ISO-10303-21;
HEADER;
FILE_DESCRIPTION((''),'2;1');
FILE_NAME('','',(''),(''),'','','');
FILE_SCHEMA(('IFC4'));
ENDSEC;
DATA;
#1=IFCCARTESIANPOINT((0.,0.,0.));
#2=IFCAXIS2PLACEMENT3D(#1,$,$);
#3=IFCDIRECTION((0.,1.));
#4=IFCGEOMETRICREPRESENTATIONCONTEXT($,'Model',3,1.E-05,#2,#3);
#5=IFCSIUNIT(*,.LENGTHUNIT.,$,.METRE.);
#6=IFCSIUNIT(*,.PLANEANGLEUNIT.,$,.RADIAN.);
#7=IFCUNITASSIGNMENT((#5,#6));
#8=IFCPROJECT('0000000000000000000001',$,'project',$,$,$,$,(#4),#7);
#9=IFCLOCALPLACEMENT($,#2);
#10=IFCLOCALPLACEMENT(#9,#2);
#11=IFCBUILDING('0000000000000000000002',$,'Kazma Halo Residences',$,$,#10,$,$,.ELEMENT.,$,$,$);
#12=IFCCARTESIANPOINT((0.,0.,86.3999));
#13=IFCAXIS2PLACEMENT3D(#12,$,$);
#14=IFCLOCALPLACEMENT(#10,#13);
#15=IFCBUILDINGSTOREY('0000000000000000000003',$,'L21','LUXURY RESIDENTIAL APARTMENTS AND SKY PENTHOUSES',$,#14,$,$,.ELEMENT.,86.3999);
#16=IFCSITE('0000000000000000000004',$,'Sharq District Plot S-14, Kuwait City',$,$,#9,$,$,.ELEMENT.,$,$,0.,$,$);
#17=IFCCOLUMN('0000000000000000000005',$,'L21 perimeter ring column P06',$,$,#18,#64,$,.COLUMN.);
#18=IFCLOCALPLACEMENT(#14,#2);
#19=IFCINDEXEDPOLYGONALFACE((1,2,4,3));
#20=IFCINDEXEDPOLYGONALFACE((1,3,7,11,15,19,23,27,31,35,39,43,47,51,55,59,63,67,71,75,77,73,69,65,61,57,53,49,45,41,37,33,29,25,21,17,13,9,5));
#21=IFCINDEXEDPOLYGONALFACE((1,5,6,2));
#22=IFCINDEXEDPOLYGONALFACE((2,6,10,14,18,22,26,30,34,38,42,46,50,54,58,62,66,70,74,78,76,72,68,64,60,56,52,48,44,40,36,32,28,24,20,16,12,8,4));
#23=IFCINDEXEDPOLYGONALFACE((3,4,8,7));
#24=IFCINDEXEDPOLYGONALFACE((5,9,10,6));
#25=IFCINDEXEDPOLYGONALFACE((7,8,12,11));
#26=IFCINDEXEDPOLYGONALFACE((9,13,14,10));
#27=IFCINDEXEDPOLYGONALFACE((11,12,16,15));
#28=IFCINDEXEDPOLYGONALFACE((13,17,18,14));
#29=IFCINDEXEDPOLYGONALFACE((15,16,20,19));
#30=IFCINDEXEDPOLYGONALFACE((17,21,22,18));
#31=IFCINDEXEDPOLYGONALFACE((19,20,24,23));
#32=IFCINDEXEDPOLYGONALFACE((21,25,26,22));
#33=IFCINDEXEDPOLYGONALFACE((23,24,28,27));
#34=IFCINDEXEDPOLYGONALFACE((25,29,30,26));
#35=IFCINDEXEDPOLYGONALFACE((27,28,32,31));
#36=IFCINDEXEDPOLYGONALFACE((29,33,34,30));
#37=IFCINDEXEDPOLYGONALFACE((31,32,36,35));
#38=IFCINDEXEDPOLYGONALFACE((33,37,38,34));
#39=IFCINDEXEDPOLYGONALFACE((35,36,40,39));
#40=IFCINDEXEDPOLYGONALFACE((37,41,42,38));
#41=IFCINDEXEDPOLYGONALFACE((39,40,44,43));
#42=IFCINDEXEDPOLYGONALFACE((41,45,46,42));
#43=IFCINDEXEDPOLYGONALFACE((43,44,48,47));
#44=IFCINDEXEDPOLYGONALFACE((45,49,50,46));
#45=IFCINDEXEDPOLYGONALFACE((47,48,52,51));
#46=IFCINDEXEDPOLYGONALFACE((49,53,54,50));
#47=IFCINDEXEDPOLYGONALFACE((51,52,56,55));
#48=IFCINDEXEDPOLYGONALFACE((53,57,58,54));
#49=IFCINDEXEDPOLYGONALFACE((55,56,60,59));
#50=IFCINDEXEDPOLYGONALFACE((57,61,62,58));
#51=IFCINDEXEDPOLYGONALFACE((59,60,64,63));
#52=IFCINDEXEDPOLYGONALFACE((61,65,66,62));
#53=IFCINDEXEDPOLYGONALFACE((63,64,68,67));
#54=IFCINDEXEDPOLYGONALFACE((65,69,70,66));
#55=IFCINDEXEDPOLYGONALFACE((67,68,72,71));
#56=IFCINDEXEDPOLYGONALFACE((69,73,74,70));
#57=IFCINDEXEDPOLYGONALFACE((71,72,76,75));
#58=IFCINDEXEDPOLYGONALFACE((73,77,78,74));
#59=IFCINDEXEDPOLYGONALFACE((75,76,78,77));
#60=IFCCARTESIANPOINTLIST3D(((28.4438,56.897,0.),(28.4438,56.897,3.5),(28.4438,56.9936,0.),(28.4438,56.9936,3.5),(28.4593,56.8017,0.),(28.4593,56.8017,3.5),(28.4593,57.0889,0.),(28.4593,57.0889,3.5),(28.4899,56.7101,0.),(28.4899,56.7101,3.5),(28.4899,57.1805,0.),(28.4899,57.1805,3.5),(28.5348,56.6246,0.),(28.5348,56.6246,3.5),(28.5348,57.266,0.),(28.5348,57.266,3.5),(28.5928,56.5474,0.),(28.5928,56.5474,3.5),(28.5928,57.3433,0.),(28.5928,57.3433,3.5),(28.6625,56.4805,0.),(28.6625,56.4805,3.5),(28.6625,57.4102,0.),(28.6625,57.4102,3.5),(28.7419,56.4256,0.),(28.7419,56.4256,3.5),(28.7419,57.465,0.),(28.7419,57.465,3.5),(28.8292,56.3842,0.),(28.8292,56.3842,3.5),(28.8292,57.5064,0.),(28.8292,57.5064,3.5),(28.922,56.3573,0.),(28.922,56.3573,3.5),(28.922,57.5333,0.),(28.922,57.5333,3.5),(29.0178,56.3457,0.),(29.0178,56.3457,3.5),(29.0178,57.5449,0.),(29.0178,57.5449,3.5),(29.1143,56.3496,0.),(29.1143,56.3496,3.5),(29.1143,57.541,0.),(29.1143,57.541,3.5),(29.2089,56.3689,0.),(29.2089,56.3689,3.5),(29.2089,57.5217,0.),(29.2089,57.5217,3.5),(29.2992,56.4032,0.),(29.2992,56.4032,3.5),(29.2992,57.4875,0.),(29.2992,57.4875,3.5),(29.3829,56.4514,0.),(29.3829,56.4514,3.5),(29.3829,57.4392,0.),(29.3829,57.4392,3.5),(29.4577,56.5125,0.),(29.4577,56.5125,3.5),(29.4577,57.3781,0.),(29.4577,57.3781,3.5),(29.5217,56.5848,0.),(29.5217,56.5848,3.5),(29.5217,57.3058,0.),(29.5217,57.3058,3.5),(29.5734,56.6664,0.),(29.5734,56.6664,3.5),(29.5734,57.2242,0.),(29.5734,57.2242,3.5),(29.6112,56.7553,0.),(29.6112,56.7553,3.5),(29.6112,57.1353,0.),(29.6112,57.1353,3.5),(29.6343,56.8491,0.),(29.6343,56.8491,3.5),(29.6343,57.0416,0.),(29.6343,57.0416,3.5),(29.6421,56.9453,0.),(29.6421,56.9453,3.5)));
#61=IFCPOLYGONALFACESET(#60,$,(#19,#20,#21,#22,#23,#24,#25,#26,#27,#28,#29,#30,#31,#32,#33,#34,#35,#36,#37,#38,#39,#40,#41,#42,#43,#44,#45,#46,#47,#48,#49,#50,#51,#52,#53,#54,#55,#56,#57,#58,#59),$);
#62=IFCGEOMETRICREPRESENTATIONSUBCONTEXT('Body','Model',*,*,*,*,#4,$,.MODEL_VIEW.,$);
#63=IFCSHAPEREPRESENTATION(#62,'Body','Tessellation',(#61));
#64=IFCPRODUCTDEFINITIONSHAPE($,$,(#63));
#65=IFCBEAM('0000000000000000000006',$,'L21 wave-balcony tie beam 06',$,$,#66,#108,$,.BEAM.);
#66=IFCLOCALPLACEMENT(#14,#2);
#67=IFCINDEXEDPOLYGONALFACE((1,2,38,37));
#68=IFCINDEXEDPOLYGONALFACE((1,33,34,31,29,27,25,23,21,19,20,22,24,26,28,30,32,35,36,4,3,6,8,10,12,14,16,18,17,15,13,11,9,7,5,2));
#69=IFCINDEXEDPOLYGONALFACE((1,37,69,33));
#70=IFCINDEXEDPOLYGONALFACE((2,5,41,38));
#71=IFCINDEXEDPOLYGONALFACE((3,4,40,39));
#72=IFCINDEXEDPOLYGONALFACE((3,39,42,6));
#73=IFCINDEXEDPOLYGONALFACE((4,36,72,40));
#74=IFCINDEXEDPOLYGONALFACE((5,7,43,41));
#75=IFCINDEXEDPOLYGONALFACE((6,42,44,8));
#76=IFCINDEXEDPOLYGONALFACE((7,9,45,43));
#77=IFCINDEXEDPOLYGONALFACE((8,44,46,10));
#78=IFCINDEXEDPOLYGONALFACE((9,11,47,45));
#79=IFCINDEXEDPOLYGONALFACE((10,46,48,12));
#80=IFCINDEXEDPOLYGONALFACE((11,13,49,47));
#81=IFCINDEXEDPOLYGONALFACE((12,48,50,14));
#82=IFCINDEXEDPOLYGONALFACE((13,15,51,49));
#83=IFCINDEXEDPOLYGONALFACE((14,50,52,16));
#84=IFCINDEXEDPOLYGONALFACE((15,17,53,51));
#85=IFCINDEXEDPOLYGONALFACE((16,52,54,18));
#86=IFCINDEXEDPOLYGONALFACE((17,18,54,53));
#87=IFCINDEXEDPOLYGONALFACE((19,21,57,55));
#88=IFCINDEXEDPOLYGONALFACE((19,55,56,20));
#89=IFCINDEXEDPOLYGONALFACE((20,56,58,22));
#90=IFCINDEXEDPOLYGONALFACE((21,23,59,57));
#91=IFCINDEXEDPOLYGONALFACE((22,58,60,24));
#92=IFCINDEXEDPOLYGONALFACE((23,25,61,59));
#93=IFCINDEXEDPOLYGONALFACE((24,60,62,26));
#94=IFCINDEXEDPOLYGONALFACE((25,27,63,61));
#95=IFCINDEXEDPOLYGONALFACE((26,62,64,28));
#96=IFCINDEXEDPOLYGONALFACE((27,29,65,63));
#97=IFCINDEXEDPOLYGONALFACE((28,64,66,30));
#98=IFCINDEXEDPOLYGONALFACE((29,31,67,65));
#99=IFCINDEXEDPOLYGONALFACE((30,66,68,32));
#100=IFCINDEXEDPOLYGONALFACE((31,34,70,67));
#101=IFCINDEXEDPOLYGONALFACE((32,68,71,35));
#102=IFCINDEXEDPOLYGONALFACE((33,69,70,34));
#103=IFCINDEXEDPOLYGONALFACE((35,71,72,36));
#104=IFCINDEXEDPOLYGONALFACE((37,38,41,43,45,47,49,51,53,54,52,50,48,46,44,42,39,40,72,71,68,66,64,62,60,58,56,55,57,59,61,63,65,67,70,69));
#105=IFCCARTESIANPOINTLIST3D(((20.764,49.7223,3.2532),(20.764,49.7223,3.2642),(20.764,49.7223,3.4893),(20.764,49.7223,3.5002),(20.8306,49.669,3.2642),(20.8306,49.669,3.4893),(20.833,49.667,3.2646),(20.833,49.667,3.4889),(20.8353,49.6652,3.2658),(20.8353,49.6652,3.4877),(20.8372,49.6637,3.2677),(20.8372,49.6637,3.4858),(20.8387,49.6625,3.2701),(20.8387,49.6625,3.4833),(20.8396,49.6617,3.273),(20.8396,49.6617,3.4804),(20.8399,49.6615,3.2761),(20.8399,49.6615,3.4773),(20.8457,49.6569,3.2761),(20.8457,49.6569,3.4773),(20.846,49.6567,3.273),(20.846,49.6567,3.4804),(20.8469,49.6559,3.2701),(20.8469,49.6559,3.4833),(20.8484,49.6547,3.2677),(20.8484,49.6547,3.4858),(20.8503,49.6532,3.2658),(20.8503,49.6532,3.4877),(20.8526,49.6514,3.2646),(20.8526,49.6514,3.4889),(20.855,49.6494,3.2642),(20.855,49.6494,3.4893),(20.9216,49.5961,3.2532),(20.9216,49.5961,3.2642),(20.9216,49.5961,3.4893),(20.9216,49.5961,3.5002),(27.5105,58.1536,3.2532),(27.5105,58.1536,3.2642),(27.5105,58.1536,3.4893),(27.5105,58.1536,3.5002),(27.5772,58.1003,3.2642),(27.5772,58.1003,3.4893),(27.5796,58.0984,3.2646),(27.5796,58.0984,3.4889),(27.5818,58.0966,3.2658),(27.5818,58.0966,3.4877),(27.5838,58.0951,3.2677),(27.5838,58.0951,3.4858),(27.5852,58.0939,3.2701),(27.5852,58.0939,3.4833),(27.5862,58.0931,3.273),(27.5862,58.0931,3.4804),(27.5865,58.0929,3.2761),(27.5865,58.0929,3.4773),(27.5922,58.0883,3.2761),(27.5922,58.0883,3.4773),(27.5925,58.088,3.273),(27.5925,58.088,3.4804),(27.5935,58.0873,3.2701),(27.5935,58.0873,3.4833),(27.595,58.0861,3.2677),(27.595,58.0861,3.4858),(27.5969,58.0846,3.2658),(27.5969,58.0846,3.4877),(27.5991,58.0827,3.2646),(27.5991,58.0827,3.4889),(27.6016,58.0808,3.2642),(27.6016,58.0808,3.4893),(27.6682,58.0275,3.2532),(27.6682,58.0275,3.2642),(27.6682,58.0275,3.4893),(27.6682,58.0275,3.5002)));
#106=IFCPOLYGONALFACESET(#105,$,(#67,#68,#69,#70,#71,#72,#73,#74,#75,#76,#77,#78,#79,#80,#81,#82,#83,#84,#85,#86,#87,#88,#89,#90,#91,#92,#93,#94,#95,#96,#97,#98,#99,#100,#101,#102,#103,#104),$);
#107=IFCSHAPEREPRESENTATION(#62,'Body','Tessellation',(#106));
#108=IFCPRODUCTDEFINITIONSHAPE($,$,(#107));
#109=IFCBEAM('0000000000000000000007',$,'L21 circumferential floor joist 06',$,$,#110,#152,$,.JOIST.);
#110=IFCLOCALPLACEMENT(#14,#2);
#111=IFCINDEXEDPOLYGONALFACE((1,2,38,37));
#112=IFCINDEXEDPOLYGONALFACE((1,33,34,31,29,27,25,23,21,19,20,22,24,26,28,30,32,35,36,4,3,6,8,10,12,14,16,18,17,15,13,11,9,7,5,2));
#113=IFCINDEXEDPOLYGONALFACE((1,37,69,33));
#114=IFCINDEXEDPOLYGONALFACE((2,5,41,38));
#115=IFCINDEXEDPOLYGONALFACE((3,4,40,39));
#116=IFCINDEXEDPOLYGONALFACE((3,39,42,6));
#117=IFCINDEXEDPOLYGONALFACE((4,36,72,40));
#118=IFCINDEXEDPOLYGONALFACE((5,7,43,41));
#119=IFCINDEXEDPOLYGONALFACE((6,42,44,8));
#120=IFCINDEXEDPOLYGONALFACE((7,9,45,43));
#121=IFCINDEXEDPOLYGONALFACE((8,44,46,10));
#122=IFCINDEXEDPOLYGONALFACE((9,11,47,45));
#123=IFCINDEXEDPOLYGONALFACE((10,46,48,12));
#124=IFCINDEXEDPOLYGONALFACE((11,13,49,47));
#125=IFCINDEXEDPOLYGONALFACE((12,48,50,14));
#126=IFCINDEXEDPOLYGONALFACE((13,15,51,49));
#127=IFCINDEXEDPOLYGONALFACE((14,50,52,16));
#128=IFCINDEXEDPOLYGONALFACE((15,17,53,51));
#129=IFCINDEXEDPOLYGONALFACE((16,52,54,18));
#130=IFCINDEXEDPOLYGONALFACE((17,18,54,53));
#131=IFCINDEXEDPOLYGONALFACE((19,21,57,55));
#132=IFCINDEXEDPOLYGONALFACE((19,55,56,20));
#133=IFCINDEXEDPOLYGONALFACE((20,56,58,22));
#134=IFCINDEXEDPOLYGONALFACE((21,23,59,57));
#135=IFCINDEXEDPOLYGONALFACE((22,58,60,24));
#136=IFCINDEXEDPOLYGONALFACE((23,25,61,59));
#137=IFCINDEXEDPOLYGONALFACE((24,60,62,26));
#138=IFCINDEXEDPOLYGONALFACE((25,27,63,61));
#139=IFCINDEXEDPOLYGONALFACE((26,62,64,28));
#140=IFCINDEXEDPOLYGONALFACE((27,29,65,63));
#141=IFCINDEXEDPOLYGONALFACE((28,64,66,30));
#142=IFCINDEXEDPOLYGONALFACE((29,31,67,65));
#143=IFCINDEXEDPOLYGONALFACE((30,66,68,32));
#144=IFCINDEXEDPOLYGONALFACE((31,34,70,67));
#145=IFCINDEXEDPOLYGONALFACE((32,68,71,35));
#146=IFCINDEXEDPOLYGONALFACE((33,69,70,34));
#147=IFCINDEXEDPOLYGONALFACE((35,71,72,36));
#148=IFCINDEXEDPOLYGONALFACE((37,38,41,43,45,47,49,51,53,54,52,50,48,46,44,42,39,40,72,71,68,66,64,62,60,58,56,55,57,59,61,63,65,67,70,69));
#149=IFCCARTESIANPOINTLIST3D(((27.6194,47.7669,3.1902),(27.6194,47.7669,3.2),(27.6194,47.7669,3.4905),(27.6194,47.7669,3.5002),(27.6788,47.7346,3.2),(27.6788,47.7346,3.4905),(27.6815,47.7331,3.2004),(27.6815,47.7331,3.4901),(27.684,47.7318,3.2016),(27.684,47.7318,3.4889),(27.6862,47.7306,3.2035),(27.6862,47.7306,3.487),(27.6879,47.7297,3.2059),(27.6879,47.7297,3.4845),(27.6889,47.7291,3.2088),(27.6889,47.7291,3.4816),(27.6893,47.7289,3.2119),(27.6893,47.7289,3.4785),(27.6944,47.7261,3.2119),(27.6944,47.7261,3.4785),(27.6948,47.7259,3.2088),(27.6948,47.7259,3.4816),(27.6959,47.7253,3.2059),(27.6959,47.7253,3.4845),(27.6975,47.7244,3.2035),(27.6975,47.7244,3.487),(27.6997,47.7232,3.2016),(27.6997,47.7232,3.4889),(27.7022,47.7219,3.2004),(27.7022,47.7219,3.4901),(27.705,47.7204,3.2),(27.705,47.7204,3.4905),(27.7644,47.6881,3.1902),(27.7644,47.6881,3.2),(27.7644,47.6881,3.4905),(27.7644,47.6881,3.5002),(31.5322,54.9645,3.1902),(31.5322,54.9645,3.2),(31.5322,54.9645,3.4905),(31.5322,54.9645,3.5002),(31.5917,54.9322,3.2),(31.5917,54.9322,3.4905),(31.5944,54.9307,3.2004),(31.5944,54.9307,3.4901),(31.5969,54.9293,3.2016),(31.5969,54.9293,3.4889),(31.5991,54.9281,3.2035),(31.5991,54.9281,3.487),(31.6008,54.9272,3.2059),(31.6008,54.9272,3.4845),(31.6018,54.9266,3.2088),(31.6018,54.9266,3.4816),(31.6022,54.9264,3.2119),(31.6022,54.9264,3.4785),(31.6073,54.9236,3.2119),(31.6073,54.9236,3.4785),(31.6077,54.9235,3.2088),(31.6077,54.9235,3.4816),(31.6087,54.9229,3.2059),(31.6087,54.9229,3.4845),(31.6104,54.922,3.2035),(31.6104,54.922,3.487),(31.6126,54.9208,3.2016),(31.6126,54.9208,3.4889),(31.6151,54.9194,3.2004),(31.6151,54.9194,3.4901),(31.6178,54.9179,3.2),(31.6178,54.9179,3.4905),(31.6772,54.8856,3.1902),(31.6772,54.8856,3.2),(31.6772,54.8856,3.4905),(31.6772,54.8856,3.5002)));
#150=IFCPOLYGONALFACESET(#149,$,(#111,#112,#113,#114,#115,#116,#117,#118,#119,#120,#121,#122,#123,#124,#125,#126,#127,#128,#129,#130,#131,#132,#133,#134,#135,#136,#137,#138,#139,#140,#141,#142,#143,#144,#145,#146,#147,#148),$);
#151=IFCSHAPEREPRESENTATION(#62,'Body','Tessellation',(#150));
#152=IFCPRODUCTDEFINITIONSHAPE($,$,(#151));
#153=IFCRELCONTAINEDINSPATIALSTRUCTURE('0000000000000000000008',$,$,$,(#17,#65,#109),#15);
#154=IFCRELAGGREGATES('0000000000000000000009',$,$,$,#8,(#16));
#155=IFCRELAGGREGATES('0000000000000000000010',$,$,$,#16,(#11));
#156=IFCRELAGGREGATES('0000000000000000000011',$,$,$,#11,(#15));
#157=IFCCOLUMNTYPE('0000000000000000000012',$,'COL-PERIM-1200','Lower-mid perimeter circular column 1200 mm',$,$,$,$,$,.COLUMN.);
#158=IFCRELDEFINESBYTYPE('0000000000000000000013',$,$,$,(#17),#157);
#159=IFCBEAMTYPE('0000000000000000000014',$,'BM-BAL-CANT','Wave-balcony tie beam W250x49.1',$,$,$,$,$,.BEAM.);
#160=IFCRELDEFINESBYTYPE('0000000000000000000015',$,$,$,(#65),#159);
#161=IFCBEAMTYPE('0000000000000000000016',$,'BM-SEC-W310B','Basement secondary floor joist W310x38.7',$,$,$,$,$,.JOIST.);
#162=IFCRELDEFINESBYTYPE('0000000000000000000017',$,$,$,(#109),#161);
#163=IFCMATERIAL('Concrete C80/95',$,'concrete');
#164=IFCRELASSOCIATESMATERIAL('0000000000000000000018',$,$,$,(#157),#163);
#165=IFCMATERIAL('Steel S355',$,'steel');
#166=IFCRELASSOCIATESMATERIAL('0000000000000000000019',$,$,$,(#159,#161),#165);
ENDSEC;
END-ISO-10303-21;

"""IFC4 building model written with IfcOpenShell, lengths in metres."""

from ifc_helpers import new_model, si_unit, direction, frame, origin, origin_2d, place, context, subcontext, project, spatial, circle, i_section, extrude, material, material_profile, profile_set, type_object, element, save


model = new_model("IFC4")

# Units and contexts
model_context = context("Model", 3, precision=1e-05, world=origin(), true_north=direction((0.0, 1.0)))
body_context = subcontext(model_context, "Body", "Model", "MODEL_VIEW")
ifc_project = project(units=[si_unit("LENGTHUNIT", "METRE"), si_unit("PLANEANGLEUNIT", "RADIAN")], contexts=[model_context])

# Site, building, storey
site_placement = place(None, origin())
site = spatial("IfcSite", under=ifc_project, at=site_placement, Name="Sharq District Plot S-14, Kuwait City", CompositionType="ELEMENT", RefElevation=0.0)
building_placement = place(site_placement, origin())
building = spatial("IfcBuilding", under=site, at=building_placement, Name="Kazma Halo Residences", CompositionType="ELEMENT")
storey_placement = place(building_placement, frame((0.0, 0.0, 86.3999)))
storey = spatial("IfcBuildingStorey", under=building, at=storey_placement, Name="L21", Description="LUXURY RESIDENTIAL APARTMENTS AND SKY PENTHOUSES", CompositionType="ELEMENT", Elevation=86.3999)

# Column
ifc_material_1 = material(Name="Concrete C80/95", Category="concrete")
ifc_material_profile_1 = material_profile(ifc_material_1, circle(Radius=0.6001, at=origin_2d()), Name="CIRC1200")
ifc_profile_set_1 = profile_set([ifc_material_profile_1], Name="Concrete C80/95")
column_type = type_object("IfcColumnType", Name="COL-PERIM-1200", Description="Lower-mid perimeter circular column 1200 mm", PredefinedType="COLUMN", material=ifc_profile_set_1)
column_placement = place(storey_placement, frame((29.042, 56.9453, 0.0), z_axis=(0.0, 0.0, 1.0), x_axis=(1.0, 0.0, 0.0)))
element("IfcColumn", 1, at=column_placement, inside=storey, type_object=column_type, Name="L21 perimeter ring column P06", PredefinedType="COLUMN", context=body_context, shape_type="SweptSolid", body=[
    extrude(circle(Radius=0.6001, at=origin_2d()), origin(), (0.0, 0.0, 1.0), 3.5),
])

# Beams
ifc_material_2 = material(Name="Steel S355", Category="steel")
ifc_material_profile_2 = material_profile(ifc_material_2, i_section(OverallWidth=0.2019, OverallDepth=0.2471, WebThickness=0.0073, FlangeThickness=0.011, FilletRadius=0.012, at=origin_2d()), Name="W250x49.1")
ifc_profile_set_2 = profile_set([ifc_material_profile_2], Name="Steel S355")
beam_type_1 = type_object("IfcBeamType", Name="BM-BAL-CANT", Description="Wave-balcony tie beam W250x49.1", PredefinedType="BEAM", material=ifc_profile_set_2)
beam_1_placement = place(storey_placement, frame((27.5894, 58.0906, 3.3767), z_axis=(-0.624778, -0.780803, 0.0), x_axis=(0.780803, -0.624778, 0.0)))
element("IfcBeam", 2, at=beam_1_placement, inside=storey, type_object=beam_type_1, Name="L21 wave-balcony tie beam 06", PredefinedType="BEAM", context=body_context, shape_type="SweptSolid", body=[
    extrude(i_section(OverallWidth=0.2019, OverallDepth=0.2471, WebThickness=0.0073, FlangeThickness=0.011, FilletRadius=0.012, at=origin_2d()), origin(), (0.0, 0.0, 1.0), 10.7983),
])
ifc_material_profile_3 = material_profile(ifc_material_2, i_section(OverallWidth=0.165, OverallDepth=0.3101, WebThickness=0.0059, FlangeThickness=0.0098, FilletRadius=0.012, at=origin_2d()), Name="W310x38.7")
ifc_profile_set_3 = profile_set([ifc_material_profile_3], Name="Steel S355")
beam_type_2 = type_object("IfcBeamType", Name="BM-SEC-W310B", Description="Basement secondary floor joist W310x38.7", PredefinedType="JOIST", material=ifc_profile_set_3)
beam_2_placement = place(storey_placement, frame((31.6047, 54.925, 3.3452), z_axis=(-0.477622, -0.878566, 0.0), x_axis=(0.878566, -0.477622, 0.0)))
element("IfcBeam", 3, at=beam_2_placement, inside=storey, type_object=beam_type_2, Name="L21 circumferential floor joist 06", PredefinedType="JOIST", context=body_context, shape_type="SweptSolid", body=[
    extrude(i_section(OverallWidth=0.165, OverallDepth=0.3101, WebThickness=0.0059, FlangeThickness=0.0098, FilletRadius=0.012, at=origin_2d()), origin(), (0.0, 0.0, 1.0), 8.1924),
])

save(model, "model.ifc")
